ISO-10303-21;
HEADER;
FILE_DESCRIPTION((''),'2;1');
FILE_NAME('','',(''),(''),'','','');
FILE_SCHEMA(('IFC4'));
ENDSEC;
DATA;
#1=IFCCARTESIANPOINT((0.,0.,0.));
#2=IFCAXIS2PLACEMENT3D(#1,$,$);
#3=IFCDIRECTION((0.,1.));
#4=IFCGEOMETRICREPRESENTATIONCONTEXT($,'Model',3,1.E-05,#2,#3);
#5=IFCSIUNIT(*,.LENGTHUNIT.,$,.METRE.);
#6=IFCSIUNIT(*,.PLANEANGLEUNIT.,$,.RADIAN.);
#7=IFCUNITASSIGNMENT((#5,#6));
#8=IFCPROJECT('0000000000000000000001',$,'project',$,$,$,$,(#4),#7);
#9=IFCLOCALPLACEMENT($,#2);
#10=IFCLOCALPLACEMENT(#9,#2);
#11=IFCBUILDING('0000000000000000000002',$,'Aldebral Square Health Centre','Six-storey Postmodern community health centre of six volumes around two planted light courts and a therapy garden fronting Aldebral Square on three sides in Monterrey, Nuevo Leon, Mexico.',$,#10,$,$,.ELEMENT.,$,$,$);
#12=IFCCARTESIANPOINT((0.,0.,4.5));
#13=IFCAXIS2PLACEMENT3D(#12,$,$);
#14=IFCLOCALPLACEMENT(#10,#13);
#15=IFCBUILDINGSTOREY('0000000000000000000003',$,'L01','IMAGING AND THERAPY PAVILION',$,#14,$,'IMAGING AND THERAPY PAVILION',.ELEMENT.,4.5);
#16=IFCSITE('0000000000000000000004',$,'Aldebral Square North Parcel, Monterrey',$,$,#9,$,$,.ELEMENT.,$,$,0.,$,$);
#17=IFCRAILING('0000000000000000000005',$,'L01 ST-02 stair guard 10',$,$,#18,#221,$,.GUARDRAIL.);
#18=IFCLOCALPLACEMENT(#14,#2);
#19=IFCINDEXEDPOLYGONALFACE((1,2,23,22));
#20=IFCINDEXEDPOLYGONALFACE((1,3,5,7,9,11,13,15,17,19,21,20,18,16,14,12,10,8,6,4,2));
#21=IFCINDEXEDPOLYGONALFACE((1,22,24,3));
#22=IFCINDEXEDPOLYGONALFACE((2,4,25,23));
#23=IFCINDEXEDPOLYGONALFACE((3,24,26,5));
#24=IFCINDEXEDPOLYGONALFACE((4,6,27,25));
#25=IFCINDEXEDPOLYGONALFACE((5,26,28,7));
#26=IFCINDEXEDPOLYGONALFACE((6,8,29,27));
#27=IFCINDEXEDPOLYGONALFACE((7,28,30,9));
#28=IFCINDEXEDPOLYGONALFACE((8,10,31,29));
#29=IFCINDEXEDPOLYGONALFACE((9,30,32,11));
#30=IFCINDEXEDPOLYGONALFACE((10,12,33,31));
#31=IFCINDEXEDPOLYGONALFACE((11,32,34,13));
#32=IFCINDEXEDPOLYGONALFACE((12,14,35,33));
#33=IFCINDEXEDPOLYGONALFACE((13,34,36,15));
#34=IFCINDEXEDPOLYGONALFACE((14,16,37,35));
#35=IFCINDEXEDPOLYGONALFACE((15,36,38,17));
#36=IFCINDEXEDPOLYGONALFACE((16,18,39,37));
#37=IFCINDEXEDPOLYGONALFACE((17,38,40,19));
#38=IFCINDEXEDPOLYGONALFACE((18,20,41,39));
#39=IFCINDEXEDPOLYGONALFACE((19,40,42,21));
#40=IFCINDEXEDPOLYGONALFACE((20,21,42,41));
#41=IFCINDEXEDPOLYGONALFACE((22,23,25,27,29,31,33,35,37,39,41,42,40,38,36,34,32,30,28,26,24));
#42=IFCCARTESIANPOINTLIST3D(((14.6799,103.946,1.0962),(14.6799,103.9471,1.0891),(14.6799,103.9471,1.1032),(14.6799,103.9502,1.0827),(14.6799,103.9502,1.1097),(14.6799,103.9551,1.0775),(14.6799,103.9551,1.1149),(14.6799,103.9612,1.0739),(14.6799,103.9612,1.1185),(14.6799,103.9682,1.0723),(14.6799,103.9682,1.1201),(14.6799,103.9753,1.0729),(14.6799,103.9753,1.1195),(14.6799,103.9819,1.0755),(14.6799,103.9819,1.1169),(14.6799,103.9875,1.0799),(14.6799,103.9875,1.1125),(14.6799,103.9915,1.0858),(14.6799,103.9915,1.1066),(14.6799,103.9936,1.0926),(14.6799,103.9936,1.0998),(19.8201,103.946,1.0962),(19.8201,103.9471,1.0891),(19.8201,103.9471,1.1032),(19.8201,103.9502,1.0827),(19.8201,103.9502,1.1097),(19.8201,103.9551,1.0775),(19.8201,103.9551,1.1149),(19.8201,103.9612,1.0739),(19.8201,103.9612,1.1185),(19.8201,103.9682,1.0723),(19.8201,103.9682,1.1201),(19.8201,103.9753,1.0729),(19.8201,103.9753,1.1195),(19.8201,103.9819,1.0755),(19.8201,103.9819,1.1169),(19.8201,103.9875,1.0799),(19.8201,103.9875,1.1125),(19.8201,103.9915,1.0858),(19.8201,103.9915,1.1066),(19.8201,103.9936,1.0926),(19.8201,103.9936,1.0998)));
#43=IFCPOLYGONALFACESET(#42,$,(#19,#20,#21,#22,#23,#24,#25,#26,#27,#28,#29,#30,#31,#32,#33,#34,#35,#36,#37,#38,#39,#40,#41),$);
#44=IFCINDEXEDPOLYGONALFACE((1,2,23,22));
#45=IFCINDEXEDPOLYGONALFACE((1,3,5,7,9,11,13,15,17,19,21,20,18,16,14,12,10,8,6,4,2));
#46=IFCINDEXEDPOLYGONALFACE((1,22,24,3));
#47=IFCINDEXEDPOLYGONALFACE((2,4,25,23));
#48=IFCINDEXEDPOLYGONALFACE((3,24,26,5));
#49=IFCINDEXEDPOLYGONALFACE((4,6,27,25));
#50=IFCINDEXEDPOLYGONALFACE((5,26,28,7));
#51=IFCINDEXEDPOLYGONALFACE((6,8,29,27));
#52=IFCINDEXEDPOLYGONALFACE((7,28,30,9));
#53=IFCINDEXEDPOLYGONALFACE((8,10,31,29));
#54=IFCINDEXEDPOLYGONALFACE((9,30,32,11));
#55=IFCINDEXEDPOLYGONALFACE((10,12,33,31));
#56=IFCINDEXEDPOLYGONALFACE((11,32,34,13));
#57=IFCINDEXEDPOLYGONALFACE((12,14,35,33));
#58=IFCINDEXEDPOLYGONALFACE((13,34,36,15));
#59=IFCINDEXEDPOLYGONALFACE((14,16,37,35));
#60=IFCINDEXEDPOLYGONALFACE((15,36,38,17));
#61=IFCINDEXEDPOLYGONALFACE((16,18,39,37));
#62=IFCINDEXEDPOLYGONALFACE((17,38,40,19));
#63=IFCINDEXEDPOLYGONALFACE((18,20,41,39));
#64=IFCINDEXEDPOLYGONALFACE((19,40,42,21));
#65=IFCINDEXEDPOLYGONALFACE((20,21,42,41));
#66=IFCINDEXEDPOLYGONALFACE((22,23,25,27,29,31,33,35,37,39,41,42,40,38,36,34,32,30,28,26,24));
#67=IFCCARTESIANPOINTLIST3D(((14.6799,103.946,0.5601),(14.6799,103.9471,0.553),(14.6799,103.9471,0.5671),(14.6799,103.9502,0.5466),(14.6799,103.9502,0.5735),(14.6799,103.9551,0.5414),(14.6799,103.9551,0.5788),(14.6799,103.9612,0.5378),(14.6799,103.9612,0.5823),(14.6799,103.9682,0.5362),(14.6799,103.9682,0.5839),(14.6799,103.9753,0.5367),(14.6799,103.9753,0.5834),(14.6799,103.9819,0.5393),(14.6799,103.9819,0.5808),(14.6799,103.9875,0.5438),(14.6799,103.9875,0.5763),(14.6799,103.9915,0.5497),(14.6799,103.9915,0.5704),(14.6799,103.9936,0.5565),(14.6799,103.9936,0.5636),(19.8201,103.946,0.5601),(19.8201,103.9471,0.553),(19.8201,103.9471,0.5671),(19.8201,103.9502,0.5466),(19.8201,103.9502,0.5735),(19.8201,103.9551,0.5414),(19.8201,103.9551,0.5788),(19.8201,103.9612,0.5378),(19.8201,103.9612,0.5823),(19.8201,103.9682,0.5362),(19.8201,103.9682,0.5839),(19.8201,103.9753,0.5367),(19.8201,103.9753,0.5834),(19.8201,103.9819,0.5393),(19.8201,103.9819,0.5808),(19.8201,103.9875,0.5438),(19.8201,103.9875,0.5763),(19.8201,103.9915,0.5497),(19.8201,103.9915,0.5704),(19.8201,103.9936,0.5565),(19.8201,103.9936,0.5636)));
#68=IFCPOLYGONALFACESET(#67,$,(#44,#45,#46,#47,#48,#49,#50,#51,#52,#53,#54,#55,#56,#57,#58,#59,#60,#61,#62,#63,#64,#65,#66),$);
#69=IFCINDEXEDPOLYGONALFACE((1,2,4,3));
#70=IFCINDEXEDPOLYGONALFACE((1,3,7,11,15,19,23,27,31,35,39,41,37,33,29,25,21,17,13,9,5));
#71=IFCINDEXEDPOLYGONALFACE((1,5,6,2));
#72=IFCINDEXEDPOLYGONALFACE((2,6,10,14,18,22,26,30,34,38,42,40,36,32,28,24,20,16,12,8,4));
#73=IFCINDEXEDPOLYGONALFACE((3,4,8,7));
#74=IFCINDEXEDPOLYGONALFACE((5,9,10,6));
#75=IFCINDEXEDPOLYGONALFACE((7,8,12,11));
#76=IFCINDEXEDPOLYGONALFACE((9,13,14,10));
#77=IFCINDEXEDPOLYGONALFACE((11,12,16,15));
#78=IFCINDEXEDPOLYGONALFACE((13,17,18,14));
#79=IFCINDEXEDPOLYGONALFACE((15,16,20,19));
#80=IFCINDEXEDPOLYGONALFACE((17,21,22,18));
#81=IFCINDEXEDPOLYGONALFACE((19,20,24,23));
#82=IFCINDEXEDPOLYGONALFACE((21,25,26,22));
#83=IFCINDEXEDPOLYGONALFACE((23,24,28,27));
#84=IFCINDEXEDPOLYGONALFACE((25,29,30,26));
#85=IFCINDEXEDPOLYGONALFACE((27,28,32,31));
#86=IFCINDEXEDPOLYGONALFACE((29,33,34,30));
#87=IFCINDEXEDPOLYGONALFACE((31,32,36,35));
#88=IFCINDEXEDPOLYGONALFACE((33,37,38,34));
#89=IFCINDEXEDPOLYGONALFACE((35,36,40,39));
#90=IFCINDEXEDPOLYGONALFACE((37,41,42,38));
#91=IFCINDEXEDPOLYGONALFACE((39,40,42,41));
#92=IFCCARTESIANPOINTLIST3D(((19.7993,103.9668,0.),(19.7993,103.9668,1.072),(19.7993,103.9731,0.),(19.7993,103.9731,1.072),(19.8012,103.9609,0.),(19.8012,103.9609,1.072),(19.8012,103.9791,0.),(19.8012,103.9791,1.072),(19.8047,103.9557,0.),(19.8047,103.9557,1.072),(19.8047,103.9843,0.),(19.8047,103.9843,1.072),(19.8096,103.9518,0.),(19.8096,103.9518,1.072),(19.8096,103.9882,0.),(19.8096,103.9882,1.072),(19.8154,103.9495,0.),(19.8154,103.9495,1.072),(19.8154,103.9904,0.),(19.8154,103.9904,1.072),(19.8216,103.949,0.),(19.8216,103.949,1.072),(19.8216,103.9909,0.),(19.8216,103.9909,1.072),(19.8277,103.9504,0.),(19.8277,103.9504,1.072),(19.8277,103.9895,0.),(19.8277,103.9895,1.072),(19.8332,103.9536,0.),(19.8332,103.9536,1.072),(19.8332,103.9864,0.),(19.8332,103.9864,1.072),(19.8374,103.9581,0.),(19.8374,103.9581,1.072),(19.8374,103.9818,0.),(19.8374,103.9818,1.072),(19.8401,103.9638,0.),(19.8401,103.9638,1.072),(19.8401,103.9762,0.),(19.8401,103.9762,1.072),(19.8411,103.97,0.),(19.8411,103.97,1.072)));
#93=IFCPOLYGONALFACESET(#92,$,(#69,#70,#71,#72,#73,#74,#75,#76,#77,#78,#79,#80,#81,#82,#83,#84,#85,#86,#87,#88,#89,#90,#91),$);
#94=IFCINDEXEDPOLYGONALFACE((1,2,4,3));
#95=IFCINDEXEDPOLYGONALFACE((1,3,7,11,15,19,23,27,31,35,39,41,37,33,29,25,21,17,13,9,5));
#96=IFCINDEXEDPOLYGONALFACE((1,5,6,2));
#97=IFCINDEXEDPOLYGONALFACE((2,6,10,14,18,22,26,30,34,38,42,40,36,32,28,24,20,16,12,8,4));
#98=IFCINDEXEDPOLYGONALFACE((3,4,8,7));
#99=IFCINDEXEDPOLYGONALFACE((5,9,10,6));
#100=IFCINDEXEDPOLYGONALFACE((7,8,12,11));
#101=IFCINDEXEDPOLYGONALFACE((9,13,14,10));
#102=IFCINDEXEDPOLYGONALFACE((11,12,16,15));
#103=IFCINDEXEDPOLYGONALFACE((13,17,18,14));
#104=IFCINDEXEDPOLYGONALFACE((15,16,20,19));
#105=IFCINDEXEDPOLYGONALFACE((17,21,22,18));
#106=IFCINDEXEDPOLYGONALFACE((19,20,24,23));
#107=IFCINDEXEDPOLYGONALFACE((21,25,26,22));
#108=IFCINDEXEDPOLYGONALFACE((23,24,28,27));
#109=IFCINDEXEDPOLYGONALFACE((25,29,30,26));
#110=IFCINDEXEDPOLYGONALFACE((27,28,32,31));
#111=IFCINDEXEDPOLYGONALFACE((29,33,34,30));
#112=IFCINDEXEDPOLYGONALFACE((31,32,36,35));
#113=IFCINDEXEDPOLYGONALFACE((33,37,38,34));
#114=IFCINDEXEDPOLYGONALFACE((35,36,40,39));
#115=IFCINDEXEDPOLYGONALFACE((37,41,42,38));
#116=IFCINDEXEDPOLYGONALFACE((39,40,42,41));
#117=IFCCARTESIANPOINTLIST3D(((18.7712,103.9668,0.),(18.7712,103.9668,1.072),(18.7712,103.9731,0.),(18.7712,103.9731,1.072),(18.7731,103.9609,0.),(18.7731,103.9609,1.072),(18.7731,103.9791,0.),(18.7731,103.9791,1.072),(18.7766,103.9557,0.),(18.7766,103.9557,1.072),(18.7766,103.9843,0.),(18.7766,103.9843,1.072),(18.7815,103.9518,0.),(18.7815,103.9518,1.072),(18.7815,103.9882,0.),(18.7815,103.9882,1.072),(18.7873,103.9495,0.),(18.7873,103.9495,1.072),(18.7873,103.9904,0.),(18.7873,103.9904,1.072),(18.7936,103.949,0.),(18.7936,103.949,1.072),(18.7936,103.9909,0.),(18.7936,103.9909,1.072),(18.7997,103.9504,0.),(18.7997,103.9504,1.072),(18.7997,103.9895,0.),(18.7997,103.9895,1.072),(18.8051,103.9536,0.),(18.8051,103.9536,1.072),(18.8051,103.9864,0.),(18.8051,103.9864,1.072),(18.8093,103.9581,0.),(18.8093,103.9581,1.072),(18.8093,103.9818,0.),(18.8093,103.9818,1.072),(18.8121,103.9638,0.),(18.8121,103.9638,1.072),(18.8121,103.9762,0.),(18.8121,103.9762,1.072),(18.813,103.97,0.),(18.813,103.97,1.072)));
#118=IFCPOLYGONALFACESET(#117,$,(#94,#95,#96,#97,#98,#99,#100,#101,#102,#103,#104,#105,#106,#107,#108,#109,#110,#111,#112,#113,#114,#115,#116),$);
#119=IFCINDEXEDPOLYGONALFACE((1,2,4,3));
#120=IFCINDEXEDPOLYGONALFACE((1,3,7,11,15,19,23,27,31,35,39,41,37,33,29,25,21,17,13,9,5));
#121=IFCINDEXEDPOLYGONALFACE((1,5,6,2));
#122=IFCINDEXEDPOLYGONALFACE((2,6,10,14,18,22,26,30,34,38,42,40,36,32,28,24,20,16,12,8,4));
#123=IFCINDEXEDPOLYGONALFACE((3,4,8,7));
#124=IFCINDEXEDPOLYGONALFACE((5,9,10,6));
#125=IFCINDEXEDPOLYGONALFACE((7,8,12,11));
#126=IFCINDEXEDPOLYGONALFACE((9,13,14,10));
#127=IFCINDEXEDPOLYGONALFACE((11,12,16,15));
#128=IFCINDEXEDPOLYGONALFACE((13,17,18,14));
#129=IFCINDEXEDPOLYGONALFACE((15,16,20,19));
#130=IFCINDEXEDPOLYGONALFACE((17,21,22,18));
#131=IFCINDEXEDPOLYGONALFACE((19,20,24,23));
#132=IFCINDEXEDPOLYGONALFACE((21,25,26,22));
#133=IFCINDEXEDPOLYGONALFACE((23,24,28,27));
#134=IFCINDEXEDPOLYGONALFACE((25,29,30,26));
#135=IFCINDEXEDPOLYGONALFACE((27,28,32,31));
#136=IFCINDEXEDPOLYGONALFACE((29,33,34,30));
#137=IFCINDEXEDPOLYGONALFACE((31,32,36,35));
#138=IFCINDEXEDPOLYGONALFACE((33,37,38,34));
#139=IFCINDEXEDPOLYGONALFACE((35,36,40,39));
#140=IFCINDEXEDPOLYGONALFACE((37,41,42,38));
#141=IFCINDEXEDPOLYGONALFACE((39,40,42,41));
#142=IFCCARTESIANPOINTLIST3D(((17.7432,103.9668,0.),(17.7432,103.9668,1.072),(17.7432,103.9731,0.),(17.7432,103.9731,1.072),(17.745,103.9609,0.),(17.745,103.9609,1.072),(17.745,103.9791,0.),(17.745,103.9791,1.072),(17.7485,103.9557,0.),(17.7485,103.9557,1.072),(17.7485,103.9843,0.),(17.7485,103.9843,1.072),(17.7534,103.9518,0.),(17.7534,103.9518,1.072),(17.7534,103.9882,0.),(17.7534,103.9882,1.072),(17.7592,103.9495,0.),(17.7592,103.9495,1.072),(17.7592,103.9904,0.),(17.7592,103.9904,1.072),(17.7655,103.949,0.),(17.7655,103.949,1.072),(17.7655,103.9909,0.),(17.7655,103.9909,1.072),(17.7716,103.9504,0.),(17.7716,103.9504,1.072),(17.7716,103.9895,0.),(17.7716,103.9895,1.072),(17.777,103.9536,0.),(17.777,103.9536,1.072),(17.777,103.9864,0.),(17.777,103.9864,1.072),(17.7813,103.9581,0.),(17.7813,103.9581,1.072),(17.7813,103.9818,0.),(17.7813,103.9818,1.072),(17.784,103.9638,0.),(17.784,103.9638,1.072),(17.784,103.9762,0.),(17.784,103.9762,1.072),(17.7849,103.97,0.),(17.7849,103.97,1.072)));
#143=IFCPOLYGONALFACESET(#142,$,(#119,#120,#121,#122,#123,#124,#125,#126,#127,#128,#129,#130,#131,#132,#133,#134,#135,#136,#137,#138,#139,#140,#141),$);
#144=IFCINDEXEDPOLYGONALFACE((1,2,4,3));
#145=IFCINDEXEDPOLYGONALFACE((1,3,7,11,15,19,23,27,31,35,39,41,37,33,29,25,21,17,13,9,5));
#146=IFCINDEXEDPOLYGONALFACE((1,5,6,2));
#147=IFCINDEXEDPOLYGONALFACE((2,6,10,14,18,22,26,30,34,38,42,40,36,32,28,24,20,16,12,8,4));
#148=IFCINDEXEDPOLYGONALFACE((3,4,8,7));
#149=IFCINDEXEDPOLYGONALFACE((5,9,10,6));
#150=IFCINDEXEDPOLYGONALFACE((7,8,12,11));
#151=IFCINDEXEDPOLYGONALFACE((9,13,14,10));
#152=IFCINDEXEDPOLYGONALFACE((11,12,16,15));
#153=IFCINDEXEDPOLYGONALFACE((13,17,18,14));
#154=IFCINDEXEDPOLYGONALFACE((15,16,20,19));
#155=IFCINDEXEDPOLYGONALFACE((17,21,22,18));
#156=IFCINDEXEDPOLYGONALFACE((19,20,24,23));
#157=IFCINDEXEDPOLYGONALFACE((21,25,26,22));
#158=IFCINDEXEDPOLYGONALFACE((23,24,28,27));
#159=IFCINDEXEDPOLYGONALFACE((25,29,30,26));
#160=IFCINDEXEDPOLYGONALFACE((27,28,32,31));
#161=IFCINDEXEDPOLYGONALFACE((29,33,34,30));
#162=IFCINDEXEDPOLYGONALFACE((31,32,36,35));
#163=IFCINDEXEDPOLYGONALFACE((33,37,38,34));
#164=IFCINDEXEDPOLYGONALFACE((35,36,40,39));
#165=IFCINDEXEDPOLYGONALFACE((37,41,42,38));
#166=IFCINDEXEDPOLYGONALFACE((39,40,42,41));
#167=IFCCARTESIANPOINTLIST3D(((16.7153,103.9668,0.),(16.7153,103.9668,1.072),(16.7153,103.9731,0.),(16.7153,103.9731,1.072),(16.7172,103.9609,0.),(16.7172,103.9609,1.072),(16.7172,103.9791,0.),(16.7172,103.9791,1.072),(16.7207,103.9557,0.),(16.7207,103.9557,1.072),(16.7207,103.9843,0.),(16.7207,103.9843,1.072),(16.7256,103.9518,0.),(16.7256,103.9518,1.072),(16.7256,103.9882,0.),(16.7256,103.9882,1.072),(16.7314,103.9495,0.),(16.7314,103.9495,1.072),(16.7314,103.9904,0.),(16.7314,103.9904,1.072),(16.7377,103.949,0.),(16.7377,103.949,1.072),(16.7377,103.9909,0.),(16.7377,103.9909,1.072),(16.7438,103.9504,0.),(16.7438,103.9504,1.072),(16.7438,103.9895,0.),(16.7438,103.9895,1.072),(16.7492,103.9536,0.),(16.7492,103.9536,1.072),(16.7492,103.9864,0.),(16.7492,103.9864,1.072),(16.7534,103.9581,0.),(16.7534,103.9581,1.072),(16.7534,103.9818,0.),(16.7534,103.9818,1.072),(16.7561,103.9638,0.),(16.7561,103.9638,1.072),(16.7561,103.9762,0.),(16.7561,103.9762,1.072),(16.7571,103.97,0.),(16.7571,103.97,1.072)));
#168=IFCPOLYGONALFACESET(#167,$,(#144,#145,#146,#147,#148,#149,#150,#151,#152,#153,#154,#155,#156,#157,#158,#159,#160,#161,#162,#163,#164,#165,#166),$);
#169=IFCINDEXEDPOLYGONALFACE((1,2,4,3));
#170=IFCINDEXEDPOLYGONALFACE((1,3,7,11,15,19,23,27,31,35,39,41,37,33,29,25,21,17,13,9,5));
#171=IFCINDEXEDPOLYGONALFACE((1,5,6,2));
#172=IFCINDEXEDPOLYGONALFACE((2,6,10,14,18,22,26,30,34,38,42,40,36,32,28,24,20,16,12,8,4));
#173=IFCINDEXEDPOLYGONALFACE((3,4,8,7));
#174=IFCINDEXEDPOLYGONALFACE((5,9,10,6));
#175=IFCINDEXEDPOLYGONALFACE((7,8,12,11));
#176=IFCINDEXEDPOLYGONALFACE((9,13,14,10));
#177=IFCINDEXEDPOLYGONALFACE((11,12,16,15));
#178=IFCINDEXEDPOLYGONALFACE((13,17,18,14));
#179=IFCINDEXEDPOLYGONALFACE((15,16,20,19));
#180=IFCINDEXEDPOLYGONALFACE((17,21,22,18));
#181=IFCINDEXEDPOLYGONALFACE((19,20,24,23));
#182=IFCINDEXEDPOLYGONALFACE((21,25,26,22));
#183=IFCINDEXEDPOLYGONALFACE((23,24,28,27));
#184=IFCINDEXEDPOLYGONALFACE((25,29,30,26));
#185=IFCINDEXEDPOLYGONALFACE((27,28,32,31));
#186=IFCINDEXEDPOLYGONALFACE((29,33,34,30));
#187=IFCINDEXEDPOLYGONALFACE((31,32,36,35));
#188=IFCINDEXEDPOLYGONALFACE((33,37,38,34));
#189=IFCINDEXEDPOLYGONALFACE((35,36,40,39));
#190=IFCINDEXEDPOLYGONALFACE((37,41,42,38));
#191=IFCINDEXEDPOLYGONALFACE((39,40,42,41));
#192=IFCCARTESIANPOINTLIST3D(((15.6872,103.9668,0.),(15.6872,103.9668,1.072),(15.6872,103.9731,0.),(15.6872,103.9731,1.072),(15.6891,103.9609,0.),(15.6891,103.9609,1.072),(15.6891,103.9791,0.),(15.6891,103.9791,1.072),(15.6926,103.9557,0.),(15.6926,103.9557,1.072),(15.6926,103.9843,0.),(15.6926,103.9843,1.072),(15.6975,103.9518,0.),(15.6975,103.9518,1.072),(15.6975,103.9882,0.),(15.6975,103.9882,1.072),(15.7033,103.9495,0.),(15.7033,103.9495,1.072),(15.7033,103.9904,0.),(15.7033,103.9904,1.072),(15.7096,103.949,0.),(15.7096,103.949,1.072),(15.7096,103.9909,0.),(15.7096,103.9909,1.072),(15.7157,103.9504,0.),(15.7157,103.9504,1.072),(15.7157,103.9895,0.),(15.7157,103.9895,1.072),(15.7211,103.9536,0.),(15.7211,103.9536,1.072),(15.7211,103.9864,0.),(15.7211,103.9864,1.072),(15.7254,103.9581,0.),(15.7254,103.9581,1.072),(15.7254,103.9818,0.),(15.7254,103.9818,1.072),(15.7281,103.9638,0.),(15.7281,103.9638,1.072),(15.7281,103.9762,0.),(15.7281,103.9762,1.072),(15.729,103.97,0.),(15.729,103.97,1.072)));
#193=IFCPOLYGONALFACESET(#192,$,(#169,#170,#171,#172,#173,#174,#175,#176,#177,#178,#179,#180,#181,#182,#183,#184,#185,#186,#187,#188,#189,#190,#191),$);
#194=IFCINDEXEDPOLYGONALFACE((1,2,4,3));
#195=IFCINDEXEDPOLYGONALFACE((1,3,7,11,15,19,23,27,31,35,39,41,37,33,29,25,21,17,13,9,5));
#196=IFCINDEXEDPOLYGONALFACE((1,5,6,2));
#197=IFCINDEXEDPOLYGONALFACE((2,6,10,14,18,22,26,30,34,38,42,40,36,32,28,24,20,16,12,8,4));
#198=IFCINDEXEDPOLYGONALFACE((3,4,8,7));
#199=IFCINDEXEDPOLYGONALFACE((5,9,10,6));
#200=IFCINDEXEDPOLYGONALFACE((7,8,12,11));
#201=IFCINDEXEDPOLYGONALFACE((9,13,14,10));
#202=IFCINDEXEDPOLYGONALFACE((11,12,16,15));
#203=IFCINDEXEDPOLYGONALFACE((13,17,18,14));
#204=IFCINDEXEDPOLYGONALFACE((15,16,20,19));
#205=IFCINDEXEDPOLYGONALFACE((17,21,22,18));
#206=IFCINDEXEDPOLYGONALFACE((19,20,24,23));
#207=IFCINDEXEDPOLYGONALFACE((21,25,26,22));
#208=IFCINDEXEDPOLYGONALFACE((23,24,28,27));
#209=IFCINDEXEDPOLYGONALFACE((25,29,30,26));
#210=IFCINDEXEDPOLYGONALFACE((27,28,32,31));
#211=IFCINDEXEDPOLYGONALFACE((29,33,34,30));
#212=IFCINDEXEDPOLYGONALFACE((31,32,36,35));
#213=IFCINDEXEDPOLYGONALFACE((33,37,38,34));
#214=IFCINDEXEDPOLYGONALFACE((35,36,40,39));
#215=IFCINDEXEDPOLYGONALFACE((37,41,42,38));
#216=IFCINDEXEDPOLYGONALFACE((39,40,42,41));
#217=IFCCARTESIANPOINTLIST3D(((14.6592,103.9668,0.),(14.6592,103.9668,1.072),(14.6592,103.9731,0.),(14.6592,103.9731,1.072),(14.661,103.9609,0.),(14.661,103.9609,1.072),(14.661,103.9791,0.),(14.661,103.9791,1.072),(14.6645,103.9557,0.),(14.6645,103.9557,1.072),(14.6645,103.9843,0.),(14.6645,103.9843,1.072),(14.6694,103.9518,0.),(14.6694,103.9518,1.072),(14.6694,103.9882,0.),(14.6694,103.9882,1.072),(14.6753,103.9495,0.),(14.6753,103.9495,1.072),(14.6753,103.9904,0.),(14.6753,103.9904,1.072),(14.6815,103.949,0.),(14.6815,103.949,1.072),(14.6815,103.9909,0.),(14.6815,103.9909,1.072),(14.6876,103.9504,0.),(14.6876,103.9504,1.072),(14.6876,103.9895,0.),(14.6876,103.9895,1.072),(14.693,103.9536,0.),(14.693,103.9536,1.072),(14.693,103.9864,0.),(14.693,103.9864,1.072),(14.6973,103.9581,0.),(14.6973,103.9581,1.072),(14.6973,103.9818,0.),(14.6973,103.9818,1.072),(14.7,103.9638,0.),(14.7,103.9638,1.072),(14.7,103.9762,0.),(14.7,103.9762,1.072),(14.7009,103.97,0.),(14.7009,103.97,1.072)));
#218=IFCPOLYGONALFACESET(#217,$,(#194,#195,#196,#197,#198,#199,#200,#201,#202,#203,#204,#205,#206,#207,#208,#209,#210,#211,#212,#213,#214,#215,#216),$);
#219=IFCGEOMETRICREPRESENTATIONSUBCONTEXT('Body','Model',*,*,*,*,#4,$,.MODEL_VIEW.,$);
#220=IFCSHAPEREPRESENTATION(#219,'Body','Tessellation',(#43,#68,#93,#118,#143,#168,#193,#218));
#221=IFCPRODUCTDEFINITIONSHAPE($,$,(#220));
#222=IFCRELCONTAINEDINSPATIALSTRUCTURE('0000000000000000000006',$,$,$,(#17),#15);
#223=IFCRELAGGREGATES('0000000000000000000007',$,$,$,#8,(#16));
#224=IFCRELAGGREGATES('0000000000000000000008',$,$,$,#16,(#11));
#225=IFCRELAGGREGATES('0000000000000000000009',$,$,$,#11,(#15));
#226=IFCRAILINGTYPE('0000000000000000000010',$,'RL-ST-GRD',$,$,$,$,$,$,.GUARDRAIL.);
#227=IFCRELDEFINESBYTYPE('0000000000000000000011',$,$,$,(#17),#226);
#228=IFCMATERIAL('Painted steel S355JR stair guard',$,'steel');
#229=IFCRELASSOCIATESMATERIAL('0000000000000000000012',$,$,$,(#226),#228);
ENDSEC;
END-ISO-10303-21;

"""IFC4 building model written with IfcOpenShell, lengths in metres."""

from ifc_helpers import new_model, si_unit, direction, frame, origin, origin_2d, place, context, subcontext, project, spatial, circle, extrude, material, type_object, element, save


model = new_model("IFC4")

# Units and contexts
model_context = context("Model", 3, precision=1e-05, world=origin(), true_north=direction((0.0, 1.0)))
body_context = subcontext(model_context, "Body", "Model", "MODEL_VIEW")
ifc_project = project(units=[si_unit("LENGTHUNIT", "METRE"), si_unit("PLANEANGLEUNIT", "RADIAN")], contexts=[model_context])

# Site, building, storey
site_placement = place(None, origin())
site = spatial("IfcSite", under=ifc_project, at=site_placement, Name="Aldebral Square North Parcel, Monterrey", CompositionType="ELEMENT", RefElevation=0.0)
building_placement = place(site_placement, origin())
building = spatial("IfcBuilding", under=site, at=building_placement, Name="Aldebral Square Health Centre", Description="Six-storey Postmodern community health centre of six volumes around two planted light courts and a therapy garden fronting Aldebral Square on three sides in Monterrey, Nuevo Leon, Mexico.", CompositionType="ELEMENT")
storey_placement = place(building_placement, frame((0.0, 0.0, 4.5)))
storey = spatial("IfcBuildingStorey", under=building, at=storey_placement, Name="L01", Description="IMAGING AND THERAPY PAVILION", LongName="IMAGING AND THERAPY PAVILION", CompositionType="ELEMENT", Elevation=4.5)

# Railing
ifc_material_1 = material(Name="Painted steel S355JR stair guard", Category="steel")
railing_type = type_object("IfcRailingType", Name="RL-ST-GRD", PredefinedType="GUARDRAIL", material=ifc_material_1)
railing_placement = place(storey_placement, frame((19.8201, 103.97, 0.0)))
element("IfcRailing", 1, at=railing_placement, inside=storey, type_object=railing_type, Name="L01 ST-02 stair guard 10", PredefinedType="GUARDRAIL", context=body_context, shape_type="SweptSolid", body=[
    extrude(circle(Radius=0.0239, at=origin_2d()), frame((0.0, 0.0, 1.0962), z_axis=(-1.0, 0.0, 0.0), x_axis=(0.0, -1.0, 0.0)), (0.0, 0.0, 1.0), 5.1401),
    extrude(circle(Radius=0.0239, at=origin_2d()), frame((0.0, 0.0, 0.5601), z_axis=(-1.0, 0.0, 0.0), x_axis=(0.0, -1.0, 0.0)), (0.0, 0.0, 1.0), 5.1401),
    extrude(circle(Radius=0.021, at=origin_2d()), origin(), (0.0, 0.0, 1.0), 1.072),
    extrude(circle(Radius=0.021, at=origin_2d()), frame((-1.0281, 0.0, 0.0)), (0.0, 0.0, 1.0), 1.072),
    extrude(circle(Radius=0.021, at=origin_2d()), frame((-2.0562, 0.0, 0.0)), (0.0, 0.0, 1.0), 1.072),
    extrude(circle(Radius=0.021, at=origin_2d()), frame((-3.084, 0.0, 0.0)), (0.0, 0.0, 1.0), 1.072),
    extrude(circle(Radius=0.021, at=origin_2d()), frame((-4.1121, 0.0, 0.0)), (0.0, 0.0, 1.0), 1.072),
    extrude(circle(Radius=0.021, at=origin_2d()), frame((-5.1401, 0.0, 0.0)), (0.0, 0.0, 1.0), 1.072),
])

save(model, "model.ifc")
